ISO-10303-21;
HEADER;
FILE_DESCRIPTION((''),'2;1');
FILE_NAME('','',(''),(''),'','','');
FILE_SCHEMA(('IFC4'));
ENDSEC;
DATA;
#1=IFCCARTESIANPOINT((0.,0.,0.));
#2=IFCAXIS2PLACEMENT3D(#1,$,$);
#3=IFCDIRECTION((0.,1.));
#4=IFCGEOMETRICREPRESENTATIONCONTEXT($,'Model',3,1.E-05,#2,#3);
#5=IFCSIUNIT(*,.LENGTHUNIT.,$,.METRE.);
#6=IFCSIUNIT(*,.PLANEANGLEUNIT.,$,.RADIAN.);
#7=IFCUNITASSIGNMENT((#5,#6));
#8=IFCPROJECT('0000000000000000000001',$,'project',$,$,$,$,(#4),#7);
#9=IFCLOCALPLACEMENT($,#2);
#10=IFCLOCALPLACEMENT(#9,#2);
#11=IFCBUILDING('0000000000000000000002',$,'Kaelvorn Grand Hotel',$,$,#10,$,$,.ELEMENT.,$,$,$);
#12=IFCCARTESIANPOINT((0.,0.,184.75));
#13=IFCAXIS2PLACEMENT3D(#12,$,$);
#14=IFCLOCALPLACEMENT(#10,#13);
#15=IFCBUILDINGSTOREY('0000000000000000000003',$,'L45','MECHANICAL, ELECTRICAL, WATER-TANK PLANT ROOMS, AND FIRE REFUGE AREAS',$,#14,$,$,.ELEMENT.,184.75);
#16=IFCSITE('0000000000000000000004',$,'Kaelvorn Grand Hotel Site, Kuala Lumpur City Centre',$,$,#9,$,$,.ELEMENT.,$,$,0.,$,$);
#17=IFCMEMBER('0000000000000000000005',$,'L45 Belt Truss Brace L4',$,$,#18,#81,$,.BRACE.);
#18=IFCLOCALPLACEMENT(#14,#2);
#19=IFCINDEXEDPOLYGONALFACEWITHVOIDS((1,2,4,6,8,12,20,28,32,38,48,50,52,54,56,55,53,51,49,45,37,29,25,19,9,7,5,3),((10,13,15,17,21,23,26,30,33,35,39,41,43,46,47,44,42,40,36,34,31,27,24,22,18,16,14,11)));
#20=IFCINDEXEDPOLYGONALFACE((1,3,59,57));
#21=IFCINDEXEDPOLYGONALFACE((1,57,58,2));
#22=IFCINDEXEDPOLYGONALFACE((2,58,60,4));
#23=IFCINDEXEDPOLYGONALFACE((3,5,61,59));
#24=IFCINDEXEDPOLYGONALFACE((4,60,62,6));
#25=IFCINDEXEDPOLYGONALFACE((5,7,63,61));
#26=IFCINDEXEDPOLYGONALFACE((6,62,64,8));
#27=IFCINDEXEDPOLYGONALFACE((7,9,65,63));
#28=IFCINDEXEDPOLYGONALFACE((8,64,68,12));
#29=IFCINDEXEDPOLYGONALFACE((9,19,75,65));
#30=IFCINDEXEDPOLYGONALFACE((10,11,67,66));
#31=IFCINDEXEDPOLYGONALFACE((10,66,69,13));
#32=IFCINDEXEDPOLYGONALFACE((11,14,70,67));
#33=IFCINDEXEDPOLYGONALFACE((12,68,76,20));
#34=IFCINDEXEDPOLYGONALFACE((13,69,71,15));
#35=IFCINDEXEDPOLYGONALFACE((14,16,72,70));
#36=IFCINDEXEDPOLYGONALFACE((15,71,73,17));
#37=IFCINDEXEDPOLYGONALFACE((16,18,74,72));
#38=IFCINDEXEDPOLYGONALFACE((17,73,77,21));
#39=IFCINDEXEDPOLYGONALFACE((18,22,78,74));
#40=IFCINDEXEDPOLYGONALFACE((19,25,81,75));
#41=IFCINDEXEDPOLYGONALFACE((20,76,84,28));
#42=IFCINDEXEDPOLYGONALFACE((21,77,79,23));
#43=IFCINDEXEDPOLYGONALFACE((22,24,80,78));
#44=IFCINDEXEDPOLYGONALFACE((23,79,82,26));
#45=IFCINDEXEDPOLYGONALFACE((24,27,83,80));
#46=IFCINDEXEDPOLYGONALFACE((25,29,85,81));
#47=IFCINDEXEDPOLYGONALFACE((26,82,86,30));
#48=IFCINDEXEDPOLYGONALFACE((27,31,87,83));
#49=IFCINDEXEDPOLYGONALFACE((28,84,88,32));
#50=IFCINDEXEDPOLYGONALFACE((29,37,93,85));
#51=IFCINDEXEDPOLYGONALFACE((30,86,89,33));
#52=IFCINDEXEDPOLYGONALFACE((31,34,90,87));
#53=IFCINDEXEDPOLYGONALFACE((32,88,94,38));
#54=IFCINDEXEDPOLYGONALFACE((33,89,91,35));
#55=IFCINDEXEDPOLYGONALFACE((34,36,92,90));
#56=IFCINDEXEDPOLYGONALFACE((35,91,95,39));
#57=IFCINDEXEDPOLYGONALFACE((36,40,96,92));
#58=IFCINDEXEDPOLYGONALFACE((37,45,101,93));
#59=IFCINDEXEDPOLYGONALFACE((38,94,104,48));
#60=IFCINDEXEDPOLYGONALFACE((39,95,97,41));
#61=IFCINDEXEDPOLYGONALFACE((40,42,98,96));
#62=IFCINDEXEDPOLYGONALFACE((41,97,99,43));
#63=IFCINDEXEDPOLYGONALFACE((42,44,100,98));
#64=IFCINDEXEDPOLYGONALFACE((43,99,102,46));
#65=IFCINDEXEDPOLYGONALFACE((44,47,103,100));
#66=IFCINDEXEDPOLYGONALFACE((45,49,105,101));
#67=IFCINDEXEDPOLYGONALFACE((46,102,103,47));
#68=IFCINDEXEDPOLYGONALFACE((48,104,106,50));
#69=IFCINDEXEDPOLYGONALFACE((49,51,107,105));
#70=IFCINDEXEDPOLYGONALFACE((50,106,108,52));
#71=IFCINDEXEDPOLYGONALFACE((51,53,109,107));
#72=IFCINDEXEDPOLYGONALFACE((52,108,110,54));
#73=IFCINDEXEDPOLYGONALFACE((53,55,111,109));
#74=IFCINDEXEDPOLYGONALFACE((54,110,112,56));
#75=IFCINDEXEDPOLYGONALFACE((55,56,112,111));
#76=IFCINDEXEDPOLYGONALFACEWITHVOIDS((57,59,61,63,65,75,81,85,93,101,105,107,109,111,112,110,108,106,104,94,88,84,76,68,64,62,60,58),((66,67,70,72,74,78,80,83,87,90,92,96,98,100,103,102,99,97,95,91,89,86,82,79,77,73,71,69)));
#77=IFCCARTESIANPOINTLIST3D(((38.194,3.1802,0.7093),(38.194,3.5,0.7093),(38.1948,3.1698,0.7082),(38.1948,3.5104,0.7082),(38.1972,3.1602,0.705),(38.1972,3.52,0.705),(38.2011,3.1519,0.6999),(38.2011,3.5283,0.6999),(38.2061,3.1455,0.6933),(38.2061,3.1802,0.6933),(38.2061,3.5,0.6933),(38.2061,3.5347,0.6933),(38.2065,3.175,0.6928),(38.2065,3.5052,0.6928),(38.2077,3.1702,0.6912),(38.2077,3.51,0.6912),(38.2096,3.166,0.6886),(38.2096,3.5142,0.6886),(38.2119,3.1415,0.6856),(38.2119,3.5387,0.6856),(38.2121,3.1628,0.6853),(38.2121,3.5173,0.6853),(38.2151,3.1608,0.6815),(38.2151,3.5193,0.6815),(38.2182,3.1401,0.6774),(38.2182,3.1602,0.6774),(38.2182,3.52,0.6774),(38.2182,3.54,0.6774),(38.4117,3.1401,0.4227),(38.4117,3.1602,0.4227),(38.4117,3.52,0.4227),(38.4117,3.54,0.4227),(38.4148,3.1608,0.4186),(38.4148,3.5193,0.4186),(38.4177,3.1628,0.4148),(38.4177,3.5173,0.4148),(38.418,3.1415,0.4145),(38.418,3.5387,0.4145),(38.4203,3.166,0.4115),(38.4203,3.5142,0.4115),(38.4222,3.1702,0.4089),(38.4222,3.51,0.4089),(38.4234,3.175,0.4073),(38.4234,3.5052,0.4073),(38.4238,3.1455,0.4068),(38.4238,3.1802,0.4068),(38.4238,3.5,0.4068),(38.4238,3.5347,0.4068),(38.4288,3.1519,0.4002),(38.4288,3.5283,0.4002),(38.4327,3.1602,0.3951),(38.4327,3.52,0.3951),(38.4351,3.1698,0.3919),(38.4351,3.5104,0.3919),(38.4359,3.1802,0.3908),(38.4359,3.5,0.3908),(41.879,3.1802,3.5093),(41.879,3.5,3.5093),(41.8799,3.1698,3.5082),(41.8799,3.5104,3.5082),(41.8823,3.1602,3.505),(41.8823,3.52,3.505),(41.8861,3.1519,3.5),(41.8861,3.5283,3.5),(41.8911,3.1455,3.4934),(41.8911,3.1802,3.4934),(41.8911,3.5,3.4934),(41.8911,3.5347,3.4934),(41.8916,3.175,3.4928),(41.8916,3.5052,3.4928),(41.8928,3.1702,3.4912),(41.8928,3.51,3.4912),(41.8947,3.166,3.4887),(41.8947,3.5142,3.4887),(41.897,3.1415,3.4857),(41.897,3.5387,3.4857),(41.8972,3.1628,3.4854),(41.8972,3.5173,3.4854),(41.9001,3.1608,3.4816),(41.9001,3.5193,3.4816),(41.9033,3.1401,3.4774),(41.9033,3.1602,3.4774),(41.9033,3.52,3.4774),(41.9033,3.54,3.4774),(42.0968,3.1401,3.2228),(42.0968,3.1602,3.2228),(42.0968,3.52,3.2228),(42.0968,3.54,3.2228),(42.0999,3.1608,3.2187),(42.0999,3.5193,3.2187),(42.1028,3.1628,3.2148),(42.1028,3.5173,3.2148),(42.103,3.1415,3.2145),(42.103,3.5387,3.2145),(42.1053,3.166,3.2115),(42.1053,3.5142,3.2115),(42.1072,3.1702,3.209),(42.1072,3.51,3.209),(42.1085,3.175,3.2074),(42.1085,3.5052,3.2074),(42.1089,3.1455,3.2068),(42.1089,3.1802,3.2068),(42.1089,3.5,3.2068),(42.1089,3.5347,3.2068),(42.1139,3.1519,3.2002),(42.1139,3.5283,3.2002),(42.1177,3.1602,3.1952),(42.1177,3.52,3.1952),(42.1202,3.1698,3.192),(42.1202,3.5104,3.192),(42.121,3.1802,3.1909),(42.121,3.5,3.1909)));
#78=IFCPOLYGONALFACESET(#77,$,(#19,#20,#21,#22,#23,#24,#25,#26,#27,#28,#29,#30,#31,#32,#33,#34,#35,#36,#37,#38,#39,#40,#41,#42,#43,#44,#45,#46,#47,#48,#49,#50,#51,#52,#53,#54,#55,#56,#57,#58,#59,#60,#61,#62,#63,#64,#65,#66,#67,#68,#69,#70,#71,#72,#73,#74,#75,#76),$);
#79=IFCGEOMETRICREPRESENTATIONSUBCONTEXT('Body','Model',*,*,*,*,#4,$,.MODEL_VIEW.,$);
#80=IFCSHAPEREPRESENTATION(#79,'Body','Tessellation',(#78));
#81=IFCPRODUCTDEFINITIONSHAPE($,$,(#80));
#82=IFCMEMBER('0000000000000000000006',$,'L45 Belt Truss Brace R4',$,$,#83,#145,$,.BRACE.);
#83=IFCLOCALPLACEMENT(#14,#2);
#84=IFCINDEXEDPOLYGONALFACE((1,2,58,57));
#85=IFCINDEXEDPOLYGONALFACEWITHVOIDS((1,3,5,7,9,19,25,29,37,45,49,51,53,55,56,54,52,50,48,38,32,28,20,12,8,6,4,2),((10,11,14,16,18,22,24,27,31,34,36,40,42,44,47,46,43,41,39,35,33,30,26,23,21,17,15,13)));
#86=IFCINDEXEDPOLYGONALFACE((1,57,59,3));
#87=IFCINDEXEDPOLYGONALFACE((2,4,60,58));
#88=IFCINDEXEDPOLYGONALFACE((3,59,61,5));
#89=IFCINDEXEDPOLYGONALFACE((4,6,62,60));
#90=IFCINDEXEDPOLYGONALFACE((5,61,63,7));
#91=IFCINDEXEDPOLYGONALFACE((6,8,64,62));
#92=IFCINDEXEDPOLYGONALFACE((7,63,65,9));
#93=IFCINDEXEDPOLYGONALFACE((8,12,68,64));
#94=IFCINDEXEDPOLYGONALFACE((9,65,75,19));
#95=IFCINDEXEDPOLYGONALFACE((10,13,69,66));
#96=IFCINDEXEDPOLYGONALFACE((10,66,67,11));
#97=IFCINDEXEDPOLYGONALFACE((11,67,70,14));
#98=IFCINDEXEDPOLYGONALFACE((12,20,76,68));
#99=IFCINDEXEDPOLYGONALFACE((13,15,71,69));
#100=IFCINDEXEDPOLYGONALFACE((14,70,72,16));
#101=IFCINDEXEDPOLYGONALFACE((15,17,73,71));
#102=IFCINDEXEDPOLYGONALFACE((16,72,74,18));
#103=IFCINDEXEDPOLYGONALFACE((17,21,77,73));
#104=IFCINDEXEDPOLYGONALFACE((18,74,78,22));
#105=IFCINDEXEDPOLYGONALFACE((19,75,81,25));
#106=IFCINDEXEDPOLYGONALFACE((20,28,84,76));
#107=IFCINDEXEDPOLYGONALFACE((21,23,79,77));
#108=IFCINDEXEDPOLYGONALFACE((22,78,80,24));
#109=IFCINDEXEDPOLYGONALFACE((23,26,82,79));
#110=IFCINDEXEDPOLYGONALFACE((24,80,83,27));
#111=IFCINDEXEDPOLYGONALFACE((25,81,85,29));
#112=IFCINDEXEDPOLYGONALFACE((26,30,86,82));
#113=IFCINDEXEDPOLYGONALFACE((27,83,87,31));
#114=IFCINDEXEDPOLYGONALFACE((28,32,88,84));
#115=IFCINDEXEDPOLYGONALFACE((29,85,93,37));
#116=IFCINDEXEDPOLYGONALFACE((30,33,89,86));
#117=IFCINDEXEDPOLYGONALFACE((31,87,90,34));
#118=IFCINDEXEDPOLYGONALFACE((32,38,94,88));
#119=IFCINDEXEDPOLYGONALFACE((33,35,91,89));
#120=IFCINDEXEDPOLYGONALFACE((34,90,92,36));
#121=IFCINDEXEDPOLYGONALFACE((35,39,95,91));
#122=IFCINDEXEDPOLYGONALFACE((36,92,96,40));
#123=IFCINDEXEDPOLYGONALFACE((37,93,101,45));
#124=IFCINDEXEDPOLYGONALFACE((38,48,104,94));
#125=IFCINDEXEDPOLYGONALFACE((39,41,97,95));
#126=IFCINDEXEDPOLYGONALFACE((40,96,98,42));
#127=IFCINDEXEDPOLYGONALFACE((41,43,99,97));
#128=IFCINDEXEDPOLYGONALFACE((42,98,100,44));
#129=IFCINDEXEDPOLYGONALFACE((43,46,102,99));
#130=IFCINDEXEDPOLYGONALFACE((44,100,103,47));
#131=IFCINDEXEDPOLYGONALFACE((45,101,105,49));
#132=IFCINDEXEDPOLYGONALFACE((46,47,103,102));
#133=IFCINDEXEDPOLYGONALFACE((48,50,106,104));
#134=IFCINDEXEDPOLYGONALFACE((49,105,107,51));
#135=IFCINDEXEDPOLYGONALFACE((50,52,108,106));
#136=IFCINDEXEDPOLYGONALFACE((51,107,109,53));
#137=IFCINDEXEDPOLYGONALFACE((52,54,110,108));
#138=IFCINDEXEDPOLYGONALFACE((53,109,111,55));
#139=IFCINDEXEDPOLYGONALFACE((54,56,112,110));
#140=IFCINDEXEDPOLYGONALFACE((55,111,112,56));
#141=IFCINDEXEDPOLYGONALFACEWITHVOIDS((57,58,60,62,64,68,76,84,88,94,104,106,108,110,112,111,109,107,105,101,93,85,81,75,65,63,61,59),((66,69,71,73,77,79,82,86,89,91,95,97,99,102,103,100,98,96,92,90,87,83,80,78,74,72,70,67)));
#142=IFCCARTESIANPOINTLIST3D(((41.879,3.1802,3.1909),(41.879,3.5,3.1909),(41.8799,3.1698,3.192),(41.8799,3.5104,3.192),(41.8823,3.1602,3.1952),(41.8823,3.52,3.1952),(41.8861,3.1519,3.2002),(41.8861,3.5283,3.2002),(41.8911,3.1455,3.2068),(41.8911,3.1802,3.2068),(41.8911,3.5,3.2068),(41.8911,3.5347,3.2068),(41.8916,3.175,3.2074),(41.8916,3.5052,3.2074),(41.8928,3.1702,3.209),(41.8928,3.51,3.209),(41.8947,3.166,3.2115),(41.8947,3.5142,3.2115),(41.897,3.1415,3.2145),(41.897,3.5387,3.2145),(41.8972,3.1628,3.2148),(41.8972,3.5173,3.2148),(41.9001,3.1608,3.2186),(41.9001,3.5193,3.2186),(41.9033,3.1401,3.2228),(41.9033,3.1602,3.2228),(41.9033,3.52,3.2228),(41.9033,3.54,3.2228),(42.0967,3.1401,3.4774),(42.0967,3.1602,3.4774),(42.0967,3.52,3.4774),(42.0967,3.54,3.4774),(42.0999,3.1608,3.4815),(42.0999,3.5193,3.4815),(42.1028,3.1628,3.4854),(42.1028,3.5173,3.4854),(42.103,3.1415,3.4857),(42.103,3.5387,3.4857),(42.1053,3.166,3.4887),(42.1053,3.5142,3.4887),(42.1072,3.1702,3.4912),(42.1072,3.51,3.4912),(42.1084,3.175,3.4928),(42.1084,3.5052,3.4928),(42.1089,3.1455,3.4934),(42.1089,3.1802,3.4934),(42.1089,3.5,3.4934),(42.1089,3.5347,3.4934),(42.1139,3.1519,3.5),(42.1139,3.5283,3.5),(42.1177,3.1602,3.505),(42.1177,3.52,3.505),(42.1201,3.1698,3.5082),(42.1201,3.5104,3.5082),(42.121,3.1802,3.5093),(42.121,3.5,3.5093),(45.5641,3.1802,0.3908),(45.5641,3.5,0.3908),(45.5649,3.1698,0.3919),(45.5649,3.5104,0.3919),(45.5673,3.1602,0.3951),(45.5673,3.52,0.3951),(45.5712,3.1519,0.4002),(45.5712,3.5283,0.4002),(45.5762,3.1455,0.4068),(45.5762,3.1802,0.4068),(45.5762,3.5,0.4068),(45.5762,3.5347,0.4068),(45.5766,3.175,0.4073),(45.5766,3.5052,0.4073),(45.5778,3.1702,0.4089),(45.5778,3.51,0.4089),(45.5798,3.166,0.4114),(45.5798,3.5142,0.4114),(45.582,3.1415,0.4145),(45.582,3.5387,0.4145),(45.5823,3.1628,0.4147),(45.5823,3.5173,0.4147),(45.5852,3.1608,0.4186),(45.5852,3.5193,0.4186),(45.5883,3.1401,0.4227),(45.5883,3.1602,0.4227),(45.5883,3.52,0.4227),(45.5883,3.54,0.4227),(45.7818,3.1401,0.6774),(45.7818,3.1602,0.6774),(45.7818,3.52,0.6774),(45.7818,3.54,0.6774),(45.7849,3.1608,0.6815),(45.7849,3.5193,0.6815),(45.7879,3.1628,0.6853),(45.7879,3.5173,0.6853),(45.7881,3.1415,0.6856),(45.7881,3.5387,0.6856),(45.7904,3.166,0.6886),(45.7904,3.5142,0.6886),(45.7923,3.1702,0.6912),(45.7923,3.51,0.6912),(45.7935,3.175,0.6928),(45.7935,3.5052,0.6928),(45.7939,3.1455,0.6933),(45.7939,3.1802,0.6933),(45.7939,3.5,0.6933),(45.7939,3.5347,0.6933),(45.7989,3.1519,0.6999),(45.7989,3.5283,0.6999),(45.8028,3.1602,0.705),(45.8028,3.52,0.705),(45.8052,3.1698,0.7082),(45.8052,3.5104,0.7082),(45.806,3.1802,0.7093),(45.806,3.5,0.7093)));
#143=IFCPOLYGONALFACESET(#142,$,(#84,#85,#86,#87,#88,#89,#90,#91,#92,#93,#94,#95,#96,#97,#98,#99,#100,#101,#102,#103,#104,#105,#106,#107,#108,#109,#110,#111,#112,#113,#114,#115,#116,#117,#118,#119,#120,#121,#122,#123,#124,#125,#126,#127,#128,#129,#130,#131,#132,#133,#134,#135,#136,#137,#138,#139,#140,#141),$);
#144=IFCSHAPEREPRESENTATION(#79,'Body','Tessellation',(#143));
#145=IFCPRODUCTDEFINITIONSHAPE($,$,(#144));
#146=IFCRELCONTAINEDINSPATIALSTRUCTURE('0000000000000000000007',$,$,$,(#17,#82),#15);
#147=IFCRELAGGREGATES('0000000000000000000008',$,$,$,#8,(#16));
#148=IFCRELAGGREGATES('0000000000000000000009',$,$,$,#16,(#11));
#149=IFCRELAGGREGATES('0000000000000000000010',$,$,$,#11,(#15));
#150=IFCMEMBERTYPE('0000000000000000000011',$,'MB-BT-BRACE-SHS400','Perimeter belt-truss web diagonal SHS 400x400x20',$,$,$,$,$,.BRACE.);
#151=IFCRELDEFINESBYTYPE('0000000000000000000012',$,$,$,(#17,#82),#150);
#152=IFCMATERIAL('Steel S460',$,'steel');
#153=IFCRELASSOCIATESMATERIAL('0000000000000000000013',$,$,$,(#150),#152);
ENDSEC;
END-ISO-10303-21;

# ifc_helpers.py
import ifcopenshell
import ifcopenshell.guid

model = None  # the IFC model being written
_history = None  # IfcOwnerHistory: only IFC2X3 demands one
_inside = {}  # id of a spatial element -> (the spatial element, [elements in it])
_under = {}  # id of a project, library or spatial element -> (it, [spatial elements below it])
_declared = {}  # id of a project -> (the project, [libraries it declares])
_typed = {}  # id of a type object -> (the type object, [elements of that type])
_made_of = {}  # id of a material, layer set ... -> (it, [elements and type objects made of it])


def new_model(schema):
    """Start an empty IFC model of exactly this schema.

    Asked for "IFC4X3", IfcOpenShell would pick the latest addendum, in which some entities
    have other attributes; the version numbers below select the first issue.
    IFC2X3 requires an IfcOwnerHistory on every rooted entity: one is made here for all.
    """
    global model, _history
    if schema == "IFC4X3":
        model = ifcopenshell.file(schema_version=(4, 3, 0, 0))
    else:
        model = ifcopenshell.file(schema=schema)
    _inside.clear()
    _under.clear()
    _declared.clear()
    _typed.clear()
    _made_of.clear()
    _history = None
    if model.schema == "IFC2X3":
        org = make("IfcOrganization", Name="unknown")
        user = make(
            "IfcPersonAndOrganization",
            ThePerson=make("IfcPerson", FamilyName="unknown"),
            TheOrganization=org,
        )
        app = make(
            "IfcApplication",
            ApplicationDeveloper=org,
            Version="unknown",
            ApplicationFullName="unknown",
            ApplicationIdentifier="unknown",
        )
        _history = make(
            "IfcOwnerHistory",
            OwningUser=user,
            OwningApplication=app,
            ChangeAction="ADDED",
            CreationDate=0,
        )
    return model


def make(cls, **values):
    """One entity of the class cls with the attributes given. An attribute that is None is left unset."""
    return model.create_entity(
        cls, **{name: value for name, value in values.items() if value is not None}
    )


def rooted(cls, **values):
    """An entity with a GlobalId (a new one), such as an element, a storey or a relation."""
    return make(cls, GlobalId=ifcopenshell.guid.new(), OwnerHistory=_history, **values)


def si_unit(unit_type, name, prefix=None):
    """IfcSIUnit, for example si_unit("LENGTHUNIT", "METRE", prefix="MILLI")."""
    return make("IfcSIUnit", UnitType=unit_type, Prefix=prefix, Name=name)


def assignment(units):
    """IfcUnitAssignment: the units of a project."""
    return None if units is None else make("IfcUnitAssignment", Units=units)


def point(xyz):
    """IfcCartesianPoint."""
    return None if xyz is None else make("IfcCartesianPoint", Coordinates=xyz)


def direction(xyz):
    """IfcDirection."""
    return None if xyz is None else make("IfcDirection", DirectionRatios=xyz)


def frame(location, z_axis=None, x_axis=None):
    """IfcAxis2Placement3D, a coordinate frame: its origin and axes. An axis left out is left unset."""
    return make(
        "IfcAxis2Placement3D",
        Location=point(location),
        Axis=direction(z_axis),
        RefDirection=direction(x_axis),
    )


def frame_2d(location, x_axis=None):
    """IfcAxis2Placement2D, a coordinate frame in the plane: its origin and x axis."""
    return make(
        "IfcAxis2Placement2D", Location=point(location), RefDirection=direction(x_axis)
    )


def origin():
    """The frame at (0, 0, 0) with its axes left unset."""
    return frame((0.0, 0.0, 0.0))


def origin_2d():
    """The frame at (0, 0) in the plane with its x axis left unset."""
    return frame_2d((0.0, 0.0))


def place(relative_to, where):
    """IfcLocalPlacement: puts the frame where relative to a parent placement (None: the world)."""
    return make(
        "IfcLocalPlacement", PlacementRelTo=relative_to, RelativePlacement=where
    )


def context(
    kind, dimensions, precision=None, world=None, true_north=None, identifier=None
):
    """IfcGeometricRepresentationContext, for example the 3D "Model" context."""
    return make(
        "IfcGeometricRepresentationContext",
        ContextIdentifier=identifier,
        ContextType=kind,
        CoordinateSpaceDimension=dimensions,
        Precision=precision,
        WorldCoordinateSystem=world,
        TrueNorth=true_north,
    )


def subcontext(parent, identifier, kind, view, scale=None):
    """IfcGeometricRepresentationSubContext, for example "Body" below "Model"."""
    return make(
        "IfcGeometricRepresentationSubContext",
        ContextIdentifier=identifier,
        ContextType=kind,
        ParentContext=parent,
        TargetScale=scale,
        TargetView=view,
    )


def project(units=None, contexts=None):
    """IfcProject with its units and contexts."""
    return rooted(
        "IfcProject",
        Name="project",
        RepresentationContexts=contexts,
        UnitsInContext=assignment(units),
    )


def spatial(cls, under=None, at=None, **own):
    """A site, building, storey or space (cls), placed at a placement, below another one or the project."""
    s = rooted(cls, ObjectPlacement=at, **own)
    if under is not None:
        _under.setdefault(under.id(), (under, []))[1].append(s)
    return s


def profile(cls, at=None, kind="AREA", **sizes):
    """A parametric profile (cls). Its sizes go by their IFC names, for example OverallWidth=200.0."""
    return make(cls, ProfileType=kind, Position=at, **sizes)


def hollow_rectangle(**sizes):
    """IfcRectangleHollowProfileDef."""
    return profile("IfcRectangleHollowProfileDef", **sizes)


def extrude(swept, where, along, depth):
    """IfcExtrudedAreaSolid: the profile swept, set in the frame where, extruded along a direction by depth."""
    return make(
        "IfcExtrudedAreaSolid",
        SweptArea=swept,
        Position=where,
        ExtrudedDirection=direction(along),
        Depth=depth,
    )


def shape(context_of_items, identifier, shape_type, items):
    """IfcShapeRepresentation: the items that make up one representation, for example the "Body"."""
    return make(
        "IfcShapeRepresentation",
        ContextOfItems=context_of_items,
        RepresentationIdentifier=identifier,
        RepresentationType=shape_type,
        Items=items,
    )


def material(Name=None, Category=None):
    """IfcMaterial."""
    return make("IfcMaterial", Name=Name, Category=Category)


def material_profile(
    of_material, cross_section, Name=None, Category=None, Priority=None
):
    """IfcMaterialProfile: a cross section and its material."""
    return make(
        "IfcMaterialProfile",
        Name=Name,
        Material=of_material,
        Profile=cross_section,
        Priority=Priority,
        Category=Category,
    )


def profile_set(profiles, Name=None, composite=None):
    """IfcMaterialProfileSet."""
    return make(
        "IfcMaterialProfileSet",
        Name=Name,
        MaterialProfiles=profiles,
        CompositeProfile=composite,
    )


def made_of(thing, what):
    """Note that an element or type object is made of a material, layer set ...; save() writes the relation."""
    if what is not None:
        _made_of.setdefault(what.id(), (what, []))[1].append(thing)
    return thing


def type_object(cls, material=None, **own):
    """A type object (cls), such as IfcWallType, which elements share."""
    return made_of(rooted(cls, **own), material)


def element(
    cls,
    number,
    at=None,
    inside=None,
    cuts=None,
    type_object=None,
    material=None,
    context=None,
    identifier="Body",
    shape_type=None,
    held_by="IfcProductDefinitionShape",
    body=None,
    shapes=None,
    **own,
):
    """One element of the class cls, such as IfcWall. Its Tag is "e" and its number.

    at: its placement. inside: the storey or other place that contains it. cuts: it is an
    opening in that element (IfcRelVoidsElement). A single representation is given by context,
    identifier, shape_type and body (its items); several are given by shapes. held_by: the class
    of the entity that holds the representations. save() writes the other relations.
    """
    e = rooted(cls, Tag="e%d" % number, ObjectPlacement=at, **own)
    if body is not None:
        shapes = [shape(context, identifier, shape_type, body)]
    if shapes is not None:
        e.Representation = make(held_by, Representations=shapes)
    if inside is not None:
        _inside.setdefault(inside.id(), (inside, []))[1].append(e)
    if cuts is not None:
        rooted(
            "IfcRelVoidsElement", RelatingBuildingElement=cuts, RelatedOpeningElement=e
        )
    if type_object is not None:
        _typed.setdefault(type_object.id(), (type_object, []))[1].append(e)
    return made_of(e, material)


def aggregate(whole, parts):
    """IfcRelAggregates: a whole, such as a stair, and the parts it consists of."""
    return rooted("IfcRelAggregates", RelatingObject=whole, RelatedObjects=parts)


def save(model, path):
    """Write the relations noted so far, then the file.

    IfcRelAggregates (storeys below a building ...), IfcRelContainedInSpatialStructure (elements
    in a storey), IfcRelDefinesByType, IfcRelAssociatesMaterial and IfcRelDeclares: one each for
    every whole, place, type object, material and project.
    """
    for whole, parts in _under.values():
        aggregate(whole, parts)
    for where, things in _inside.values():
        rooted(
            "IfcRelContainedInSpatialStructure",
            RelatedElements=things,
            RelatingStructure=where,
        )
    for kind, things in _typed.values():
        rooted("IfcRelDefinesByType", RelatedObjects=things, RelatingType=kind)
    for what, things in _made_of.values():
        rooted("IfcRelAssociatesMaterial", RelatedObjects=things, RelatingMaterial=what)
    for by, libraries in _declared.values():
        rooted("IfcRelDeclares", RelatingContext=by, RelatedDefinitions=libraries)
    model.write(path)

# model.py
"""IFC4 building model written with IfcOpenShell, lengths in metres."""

from ifc_helpers import new_model, si_unit, direction, frame, origin, origin_2d, place, context, subcontext, project, spatial, hollow_rectangle, extrude, material, material_profile, profile_set, type_object, element, save


model = new_model("IFC4")

# Units and contexts
model_context = context("Model", 3, precision=1e-05, world=origin(), true_north=direction((0.0, 1.0)))
body_context = subcontext(model_context, "Body", "Model", "MODEL_VIEW")
ifc_project = project(units=[si_unit("LENGTHUNIT", "METRE"), si_unit("PLANEANGLEUNIT", "RADIAN")], contexts=[model_context])

# Site, building, storey
site_placement = place(None, origin())
site = spatial("IfcSite", under=ifc_project, at=site_placement, Name="Kaelvorn Grand Hotel Site, Kuala Lumpur City Centre", CompositionType="ELEMENT", RefElevation=0.0)
building_placement = place(site_placement, origin())
building = spatial("IfcBuilding", under=site, at=building_placement, Name="Kaelvorn Grand Hotel", CompositionType="ELEMENT")
storey_placement = place(building_placement, frame((0.0, 0.0, 184.75)))
storey = spatial("IfcBuildingStorey", under=building, at=storey_placement, Name="L45", Description="MECHANICAL, ELECTRICAL, WATER-TANK PLANT ROOMS, AND FIRE REFUGE AREAS", CompositionType="ELEMENT", Elevation=184.75)

# Shared definitions
ifc_material_1 = material(Name="Steel S460", Category="steel")

# Members
ifc_material_profile_1 = material_profile(ifc_material_1, hollow_rectangle(XDim=0.3999, YDim=0.3999, WallThickness=0.02, InnerFilletRadius=0.02, OuterFilletRadius=0.04, at=origin_2d()), Name="SHS 400x400x20.0")
ifc_profile_set_1 = profile_set([ifc_material_profile_1], Name="Steel S460")
member_type_1 = type_object("IfcMemberType", Name="MB-BT-BRACE-SHS400", Description="Perimeter belt-truss web diagonal SHS 400x400x20", PredefinedType="BRACE", material=ifc_profile_set_1)
for number, where, z_axis, x_axis, name in (
    (1, (38.3149, 3.3401, 0.55), (0.796224, 0.0, 0.605002), (0.0, 1.0, 0.0), "L45 Belt Truss Brace L4"),
    (2, (42.0, 3.3401, 3.3501), (0.796224, 0.0, -0.605002), (0.0, 1.0, 0.0), "L45 Belt Truss Brace R4"),
):
    element("IfcMember", number, at=place(storey_placement, frame(where, z_axis=z_axis, x_axis=x_axis)), inside=storey, type_object=member_type_1, Name=name, PredefinedType="BRACE", context=body_context, shape_type="SweptSolid", body=[
        extrude(hollow_rectangle(XDim=0.3999, YDim=0.3999, WallThickness=0.02, InnerFilletRadius=0.02, OuterFilletRadius=0.04, at=origin_2d()), origin(), (0.0, 0.0, 1.0), 4.6282),
    ])

save(model, "model.ifc")
